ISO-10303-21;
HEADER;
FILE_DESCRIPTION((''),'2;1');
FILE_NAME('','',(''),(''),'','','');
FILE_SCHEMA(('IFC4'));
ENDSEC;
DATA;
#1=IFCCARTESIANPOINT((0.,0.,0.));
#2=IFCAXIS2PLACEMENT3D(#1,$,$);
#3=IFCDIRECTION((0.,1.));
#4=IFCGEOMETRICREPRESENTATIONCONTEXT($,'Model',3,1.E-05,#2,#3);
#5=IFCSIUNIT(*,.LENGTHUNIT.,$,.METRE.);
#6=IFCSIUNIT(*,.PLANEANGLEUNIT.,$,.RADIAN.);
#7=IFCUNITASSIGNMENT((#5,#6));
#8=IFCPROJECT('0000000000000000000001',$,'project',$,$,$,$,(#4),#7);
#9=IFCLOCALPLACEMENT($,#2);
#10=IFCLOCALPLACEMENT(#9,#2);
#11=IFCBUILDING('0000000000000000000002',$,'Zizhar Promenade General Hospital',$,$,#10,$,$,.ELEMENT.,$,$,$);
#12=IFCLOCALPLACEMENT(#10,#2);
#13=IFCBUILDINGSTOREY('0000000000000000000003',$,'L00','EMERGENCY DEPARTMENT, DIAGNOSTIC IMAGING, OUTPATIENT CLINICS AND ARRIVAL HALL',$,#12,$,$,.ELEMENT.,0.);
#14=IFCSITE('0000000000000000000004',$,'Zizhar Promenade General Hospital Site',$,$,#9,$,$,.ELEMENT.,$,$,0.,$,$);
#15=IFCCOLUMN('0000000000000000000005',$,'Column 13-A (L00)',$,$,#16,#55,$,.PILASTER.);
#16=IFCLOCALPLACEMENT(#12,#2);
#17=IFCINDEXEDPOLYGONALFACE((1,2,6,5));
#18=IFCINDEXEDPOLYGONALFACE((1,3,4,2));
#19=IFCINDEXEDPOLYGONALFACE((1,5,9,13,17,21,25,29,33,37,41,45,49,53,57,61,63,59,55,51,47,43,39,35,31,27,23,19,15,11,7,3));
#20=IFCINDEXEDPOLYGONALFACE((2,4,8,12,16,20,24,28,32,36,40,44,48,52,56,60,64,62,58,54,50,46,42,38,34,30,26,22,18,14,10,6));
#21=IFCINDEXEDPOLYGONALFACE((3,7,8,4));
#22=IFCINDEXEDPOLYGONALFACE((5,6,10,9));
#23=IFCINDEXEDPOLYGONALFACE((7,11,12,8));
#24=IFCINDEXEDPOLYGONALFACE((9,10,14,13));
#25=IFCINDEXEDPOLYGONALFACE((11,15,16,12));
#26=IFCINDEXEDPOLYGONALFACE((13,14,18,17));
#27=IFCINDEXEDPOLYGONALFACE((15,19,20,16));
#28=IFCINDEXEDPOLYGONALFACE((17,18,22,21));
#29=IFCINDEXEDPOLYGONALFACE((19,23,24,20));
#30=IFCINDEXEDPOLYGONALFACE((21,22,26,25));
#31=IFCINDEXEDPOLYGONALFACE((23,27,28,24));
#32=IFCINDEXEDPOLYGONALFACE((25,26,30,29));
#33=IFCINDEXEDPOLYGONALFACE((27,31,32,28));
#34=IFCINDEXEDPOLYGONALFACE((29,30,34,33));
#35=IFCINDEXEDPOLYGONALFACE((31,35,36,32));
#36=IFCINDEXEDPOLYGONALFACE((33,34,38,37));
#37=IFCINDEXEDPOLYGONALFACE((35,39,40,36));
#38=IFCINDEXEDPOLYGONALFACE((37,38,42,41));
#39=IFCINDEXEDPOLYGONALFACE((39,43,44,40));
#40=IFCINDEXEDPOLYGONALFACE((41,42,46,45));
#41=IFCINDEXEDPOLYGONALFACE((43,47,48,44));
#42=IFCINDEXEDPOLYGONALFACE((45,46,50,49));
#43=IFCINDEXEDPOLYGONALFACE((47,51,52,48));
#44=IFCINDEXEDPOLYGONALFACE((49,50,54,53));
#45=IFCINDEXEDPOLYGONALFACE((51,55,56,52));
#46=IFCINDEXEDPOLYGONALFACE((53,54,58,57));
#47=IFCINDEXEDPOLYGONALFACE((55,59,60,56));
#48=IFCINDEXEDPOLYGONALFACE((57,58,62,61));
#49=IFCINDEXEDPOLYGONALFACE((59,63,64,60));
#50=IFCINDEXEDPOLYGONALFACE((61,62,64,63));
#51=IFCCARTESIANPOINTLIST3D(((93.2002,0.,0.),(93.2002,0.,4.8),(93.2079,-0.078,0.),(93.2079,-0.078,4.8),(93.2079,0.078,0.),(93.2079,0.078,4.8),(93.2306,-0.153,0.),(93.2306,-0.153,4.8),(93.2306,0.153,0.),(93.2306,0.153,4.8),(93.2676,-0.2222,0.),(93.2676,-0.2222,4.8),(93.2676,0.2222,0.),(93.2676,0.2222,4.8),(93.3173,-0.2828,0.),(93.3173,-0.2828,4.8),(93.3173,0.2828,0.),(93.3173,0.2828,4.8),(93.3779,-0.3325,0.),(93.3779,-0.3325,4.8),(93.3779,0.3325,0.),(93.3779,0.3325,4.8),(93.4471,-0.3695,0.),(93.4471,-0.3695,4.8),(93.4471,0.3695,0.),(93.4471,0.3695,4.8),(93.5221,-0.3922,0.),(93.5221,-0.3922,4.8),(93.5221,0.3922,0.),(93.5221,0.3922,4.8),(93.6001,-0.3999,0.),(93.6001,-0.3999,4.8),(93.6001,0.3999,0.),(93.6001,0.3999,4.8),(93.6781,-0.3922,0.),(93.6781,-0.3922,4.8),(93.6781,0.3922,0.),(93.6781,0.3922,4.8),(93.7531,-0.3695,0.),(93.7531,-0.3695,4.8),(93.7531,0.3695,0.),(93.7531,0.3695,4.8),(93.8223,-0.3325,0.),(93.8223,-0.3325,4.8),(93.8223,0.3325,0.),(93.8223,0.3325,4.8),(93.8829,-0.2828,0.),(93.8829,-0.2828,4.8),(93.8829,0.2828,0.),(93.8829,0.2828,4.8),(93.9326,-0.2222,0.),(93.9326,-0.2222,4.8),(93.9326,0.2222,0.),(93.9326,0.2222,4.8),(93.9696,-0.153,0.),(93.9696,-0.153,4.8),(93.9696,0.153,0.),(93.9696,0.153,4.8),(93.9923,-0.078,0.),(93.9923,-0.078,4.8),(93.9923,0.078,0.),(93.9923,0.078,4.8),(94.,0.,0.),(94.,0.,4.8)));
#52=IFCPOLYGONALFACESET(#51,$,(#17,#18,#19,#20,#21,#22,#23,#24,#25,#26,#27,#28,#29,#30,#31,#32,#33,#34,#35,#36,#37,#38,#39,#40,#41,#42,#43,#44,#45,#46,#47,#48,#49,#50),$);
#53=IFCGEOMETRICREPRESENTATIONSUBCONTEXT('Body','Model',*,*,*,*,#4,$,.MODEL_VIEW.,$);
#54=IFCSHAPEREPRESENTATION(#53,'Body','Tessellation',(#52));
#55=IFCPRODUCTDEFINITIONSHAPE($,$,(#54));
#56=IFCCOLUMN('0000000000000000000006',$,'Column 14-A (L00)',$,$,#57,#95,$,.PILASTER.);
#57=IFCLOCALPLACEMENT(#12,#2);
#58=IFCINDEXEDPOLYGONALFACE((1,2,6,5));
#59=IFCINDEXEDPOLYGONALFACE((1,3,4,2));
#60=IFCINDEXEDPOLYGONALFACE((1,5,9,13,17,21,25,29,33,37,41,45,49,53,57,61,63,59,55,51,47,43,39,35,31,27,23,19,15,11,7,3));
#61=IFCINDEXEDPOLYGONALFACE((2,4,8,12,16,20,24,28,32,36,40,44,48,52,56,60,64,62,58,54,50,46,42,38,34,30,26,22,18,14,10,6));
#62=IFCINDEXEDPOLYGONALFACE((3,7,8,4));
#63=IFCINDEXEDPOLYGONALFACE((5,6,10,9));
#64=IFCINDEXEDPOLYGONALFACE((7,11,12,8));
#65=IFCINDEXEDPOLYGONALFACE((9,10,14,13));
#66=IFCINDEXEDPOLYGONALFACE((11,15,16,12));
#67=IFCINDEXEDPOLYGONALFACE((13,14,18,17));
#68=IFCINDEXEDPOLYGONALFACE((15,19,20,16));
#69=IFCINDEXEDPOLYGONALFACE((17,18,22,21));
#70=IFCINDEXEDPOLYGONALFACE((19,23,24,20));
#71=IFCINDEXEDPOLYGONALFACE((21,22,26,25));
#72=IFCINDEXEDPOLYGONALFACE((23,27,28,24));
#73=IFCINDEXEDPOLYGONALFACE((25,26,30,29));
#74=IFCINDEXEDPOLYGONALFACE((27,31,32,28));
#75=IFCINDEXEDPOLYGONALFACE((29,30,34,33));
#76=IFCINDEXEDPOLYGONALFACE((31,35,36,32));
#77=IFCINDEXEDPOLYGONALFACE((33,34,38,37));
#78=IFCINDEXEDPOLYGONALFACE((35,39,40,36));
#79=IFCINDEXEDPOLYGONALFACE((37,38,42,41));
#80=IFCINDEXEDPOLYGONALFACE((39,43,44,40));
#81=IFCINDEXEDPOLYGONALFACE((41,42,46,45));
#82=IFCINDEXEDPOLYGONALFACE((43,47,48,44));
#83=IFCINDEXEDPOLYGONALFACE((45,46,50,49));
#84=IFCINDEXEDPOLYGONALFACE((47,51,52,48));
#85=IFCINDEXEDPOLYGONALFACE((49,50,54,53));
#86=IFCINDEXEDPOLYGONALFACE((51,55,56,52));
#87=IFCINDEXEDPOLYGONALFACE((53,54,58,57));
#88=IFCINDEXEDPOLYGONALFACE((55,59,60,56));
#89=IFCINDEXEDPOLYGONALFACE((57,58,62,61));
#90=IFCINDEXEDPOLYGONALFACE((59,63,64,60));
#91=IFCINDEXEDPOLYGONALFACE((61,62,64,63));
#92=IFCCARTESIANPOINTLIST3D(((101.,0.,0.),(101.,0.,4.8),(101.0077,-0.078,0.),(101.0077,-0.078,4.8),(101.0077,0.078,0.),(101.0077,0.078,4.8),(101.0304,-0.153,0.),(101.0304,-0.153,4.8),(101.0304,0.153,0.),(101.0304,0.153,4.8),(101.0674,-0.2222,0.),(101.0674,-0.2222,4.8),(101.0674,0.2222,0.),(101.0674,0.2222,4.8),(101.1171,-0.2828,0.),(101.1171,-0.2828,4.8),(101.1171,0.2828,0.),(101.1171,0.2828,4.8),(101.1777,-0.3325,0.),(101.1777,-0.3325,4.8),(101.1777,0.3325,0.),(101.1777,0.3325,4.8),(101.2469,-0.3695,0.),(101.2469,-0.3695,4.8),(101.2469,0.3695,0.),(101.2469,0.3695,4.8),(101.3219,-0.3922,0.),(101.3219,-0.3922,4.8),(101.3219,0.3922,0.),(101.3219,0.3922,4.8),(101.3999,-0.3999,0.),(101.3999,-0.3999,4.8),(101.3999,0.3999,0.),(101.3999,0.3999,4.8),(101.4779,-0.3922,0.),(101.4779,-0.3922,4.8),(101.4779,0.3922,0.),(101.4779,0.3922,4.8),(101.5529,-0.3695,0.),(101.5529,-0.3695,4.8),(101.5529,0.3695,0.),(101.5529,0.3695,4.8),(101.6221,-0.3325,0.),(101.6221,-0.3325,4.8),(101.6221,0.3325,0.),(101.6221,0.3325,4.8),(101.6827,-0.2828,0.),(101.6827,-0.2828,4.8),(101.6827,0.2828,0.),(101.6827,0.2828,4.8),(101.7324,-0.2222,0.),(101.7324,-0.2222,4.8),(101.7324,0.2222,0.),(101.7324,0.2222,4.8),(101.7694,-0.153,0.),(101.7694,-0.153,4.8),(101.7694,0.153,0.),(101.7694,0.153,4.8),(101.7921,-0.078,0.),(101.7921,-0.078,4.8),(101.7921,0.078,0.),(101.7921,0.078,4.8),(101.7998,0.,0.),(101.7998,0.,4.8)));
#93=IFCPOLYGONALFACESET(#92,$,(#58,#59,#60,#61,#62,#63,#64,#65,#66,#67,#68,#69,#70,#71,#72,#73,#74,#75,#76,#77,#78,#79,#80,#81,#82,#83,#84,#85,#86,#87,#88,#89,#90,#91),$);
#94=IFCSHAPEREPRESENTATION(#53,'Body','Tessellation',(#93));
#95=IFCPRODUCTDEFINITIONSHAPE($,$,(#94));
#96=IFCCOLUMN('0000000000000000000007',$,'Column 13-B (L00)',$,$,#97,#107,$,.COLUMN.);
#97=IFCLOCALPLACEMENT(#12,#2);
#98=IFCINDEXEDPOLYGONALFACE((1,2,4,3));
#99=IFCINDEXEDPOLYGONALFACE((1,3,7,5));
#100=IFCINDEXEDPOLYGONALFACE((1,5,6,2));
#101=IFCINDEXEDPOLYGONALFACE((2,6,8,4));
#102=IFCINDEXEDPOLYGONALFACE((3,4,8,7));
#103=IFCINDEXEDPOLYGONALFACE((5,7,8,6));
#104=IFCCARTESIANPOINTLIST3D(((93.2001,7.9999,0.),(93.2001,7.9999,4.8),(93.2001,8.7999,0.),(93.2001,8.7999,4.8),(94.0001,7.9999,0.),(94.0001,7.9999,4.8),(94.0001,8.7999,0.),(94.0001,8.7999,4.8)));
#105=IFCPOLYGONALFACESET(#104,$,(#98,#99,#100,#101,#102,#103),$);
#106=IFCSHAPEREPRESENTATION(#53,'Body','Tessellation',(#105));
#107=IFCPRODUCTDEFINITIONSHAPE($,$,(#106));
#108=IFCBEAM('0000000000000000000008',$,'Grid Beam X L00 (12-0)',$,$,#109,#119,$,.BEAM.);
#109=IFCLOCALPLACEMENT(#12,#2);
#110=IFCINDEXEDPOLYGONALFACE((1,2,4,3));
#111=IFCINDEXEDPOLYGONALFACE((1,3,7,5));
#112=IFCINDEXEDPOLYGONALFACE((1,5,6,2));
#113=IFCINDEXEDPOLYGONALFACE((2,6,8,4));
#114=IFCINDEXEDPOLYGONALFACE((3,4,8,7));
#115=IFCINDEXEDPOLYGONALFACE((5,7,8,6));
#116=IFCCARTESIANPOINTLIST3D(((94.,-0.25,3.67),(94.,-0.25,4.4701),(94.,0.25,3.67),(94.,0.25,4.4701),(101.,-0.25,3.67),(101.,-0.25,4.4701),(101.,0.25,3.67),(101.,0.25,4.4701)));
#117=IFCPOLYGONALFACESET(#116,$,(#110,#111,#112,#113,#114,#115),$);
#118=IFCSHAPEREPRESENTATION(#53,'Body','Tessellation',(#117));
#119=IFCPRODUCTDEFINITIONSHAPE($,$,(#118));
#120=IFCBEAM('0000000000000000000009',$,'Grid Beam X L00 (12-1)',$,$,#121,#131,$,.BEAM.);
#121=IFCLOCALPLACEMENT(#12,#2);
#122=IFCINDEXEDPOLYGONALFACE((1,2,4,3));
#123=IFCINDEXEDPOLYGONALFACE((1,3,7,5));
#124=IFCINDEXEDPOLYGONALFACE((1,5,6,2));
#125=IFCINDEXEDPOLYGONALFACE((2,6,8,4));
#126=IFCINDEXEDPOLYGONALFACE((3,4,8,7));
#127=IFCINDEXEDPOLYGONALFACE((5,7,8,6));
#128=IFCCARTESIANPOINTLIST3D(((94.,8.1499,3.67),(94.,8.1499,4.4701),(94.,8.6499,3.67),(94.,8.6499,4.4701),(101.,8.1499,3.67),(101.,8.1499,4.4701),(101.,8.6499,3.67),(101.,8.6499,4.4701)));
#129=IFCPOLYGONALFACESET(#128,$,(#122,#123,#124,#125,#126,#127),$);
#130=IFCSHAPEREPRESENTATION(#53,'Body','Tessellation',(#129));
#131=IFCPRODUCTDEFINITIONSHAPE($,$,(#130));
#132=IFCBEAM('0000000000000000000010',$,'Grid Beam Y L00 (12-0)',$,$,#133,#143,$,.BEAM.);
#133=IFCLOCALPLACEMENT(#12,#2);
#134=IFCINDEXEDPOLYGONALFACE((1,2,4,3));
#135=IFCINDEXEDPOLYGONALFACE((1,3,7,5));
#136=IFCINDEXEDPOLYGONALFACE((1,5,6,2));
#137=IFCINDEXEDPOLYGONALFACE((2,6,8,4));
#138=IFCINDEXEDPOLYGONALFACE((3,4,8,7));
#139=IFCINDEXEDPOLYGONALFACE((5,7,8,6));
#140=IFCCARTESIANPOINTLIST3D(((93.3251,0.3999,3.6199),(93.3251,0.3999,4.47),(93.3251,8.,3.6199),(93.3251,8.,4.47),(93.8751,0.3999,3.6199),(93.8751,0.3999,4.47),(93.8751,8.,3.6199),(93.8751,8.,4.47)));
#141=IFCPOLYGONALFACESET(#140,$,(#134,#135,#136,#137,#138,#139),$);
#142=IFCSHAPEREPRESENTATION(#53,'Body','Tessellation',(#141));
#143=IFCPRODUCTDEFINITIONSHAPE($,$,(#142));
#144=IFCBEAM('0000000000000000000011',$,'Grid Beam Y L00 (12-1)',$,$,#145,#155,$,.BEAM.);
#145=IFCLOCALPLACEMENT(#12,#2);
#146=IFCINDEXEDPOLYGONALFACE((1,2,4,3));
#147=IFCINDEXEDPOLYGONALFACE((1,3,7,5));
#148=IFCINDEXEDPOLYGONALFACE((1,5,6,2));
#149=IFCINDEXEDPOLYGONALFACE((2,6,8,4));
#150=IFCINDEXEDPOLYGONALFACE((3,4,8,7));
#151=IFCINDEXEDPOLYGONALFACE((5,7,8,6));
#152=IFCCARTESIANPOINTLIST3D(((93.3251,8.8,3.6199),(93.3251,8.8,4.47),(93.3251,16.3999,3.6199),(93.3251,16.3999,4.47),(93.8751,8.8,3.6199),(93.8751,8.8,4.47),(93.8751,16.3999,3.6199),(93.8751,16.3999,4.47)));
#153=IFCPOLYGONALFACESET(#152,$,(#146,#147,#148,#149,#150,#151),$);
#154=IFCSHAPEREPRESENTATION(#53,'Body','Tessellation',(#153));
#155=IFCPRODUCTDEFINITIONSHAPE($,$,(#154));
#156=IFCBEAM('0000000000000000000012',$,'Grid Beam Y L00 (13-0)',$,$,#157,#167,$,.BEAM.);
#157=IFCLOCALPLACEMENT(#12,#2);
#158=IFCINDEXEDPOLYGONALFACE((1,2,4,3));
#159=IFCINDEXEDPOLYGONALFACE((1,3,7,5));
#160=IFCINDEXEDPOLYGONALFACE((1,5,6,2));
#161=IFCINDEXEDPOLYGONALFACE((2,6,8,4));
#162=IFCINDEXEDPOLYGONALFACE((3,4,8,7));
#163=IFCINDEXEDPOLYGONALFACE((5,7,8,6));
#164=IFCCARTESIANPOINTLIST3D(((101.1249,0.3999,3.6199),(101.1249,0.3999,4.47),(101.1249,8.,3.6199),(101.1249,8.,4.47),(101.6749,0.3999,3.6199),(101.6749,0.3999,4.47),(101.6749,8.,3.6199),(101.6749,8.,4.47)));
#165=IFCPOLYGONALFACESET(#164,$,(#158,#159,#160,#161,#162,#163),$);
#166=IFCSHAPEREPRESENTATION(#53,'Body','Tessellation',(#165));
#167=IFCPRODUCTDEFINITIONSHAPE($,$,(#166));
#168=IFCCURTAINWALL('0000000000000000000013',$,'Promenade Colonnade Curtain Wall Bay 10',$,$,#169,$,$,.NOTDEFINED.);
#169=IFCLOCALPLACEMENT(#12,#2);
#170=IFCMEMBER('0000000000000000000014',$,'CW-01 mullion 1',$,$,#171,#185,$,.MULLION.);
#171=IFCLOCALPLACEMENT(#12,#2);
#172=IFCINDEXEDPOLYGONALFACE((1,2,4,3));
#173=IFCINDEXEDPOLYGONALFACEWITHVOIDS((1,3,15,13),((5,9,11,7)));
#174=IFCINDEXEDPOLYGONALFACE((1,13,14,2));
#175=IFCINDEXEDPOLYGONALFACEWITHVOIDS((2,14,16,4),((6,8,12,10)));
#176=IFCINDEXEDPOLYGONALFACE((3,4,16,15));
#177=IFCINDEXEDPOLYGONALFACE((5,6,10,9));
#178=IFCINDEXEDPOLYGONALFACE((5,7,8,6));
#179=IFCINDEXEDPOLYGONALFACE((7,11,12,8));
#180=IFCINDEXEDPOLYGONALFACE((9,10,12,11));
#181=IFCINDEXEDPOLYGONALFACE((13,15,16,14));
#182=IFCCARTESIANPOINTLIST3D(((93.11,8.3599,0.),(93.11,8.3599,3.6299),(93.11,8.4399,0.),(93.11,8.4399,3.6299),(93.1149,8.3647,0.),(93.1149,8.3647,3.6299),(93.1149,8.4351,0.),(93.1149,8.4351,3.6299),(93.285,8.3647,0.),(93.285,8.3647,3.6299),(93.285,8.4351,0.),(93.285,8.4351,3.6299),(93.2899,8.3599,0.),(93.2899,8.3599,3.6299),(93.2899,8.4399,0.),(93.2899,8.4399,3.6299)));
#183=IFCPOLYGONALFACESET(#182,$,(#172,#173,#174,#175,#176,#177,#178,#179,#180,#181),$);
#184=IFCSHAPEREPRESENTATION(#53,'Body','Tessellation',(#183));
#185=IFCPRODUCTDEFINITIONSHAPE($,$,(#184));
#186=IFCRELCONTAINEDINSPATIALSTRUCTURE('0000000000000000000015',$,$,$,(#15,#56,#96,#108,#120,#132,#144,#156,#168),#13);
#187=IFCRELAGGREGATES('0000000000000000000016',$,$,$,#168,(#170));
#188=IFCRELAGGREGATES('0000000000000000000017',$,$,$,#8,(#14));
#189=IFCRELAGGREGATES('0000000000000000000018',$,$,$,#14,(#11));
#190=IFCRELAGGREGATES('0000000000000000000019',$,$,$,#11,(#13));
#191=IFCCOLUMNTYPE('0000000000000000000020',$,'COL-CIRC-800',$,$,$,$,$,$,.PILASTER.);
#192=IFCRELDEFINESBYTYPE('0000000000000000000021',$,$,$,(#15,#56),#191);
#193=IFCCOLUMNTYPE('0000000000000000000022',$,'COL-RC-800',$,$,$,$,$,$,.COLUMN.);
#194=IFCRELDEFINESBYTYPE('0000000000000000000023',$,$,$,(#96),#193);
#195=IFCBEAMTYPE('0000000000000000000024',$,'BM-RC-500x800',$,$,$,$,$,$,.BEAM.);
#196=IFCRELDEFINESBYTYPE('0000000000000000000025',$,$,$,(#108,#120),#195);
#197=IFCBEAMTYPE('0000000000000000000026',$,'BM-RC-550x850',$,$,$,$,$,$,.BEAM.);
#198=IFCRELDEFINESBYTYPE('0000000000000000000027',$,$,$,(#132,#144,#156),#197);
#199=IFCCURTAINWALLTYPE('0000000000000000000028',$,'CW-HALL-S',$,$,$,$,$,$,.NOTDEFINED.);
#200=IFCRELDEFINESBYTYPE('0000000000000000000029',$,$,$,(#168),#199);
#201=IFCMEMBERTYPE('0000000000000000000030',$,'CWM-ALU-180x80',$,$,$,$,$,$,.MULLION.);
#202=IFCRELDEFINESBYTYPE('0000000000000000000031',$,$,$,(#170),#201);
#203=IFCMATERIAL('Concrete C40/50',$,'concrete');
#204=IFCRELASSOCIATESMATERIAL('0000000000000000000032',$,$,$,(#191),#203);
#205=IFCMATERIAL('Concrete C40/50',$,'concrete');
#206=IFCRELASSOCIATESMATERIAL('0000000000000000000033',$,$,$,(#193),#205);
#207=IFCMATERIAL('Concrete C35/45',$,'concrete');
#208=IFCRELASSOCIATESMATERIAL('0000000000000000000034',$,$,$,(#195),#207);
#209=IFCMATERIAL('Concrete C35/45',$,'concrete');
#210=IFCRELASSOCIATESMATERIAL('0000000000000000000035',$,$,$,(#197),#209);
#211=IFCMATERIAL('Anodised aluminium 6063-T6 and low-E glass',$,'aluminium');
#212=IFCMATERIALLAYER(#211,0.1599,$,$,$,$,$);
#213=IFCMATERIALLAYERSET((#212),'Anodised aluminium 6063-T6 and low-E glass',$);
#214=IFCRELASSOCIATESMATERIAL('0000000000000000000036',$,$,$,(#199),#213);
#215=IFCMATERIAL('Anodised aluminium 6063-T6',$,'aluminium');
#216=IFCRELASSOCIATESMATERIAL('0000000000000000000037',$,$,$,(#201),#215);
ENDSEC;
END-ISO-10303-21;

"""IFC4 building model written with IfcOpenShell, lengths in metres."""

from ifc_helpers import new_model, si_unit, direction, frame, origin, origin_2d, place, context, subcontext, project, spatial, rectangle, hollow_rectangle, circle, extrude, material, layer, layer_set, material_profile, profile_set, type_object, element, aggregate, save


model = new_model("IFC4")

# Units and contexts
model_context = context("Model", 3, precision=1e-05, world=origin(), true_north=direction((0.0, 1.0)))
body_context = subcontext(model_context, "Body", "Model", "MODEL_VIEW")
ifc_project = project(units=[si_unit("LENGTHUNIT", "METRE"), si_unit("PLANEANGLEUNIT", "RADIAN")], contexts=[model_context])

# Site, building, storey
site_placement = place(None, origin())
site = spatial("IfcSite", under=ifc_project, at=site_placement, Name="Zizhar Promenade General Hospital Site", CompositionType="ELEMENT", RefElevation=0.0)
building_placement = place(site_placement, origin())
building = spatial("IfcBuilding", under=site, at=building_placement, Name="Zizhar Promenade General Hospital", CompositionType="ELEMENT")
storey_placement = place(building_placement, origin())
storey = spatial("IfcBuildingStorey", under=building, at=storey_placement, Name="L00", Description="EMERGENCY DEPARTMENT, DIAGNOSTIC IMAGING, OUTPATIENT CLINICS AND ARRIVAL HALL", CompositionType="ELEMENT", Elevation=0.0)

# Columns
ifc_material_1 = material(Name="Concrete C40/50", Category="concrete")
ifc_material_profile_1 = material_profile(ifc_material_1, circle(Radius=0.3999, at=origin_2d()))
ifc_profile_set_1 = profile_set([ifc_material_profile_1], Name="Concrete C40/50")
column_type_1 = type_object("IfcColumnType", Name="COL-CIRC-800", PredefinedType="PILASTER", material=ifc_profile_set_1)
for number, where, z_axis, x_axis, name in (
    (1, (93.6001, 0.0, 0.0), (0.0, 0.0, 1.0), (1.0, 0.0, 0.0), "Column 13-A (L00)"),
    (2, (101.3999, 0.0, 0.0), (0.0, 0.0, 1.0), (1.0, 0.0, 0.0), "Column 14-A (L00)"),
):
    element("IfcColumn", number, at=place(storey_placement, frame(where, z_axis=z_axis, x_axis=x_axis)), inside=storey, type_object=column_type_1, Name=name, PredefinedType="PILASTER", context=body_context, shape_type="SweptSolid", body=[
        extrude(circle(Radius=0.3999, at=origin_2d()), origin(), (0.0, 0.0, 1.0), 4.8),
    ])
ifc_material_2 = material(Name="Concrete C40/50", Category="concrete")
ifc_material_profile_2 = material_profile(ifc_material_2, rectangle(XDim=0.8, YDim=0.8, at=origin_2d()))
ifc_profile_set_2 = profile_set([ifc_material_profile_2], Name="Concrete C40/50")
column_type_2 = type_object("IfcColumnType", Name="COL-RC-800", PredefinedType="COLUMN", material=ifc_profile_set_2)
column_placement = place(storey_placement, frame((93.6001, 8.3999, 0.0), z_axis=(0.0, 0.0, 1.0), x_axis=(1.0, 0.0, 0.0)))
element("IfcColumn", 3, at=column_placement, inside=storey, type_object=column_type_2, Name="Column 13-B (L00)", PredefinedType="COLUMN", context=body_context, shape_type="SweptSolid", body=[
    extrude(rectangle(XDim=0.8, YDim=0.8, at=origin_2d()), origin(), (0.0, 0.0, 1.0), 4.8),
])

# Beams
ifc_material_3 = material(Name="Concrete C35/45", Category="concrete")
ifc_material_profile_3 = material_profile(ifc_material_3, rectangle(XDim=0.5, YDim=0.8, at=origin_2d()))
ifc_profile_set_3 = profile_set([ifc_material_profile_3], Name="Concrete C35/45")
beam_type_1 = type_object("IfcBeamType", Name="BM-RC-500x800", PredefinedType="BEAM", material=ifc_profile_set_3)
for number, where, z_axis, x_axis, name in (
    (4, (94.0, 0.0, 4.0701), (1.0, 0.0, 0.0), (0.0, 1.0, 0.0), "Grid Beam X L00 (12-0)"),
    (5, (94.0, 8.3999, 4.0701), (1.0, 0.0, 0.0), (0.0, 1.0, 0.0), "Grid Beam X L00 (12-1)"),
):
    element("IfcBeam", number, at=place(storey_placement, frame(where, z_axis=z_axis, x_axis=x_axis)), inside=storey, type_object=beam_type_1, Name=name, PredefinedType="BEAM", context=body_context, shape_type="SweptSolid", body=[
        extrude(rectangle(XDim=0.5, YDim=0.8, at=origin_2d()), origin(), (0.0, 0.0, 1.0), 7.0),
    ])
ifc_material_4 = material(Name="Concrete C35/45", Category="concrete")
ifc_material_profile_4 = material_profile(ifc_material_4, rectangle(XDim=0.55, YDim=0.8501, at=origin_2d()))
ifc_profile_set_4 = profile_set([ifc_material_profile_4], Name="Concrete C35/45")
beam_type_2 = type_object("IfcBeamType", Name="BM-RC-550x850", PredefinedType="BEAM", material=ifc_profile_set_4)
beam_1_placement = place(storey_placement, frame((93.6001, 0.3999, 4.0449), z_axis=(0.0, 1.0, 0.0), x_axis=(-1.0, 0.0, 0.0)))
element("IfcBeam", 6, at=beam_1_placement, inside=storey, type_object=beam_type_2, Name="Grid Beam Y L00 (12-0)", PredefinedType="BEAM", context=body_context, shape_type="SweptSolid", body=[
    extrude(rectangle(XDim=0.55, YDim=0.8501, at=origin_2d()), origin(), (0.0, 0.0, 1.0), 7.6001),
])
beam_2_placement = place(storey_placement, frame((93.6001, 8.8, 4.0449), z_axis=(0.0, 1.0, 0.0), x_axis=(-1.0, 0.0, 0.0)))
element("IfcBeam", 7, at=beam_2_placement, inside=storey, type_object=beam_type_2, Name="Grid Beam Y L00 (12-1)", PredefinedType="BEAM", context=body_context, shape_type="SweptSolid", body=[
    extrude(rectangle(XDim=0.55, YDim=0.8501, at=origin_2d()), origin(), (0.0, 0.0, 1.0), 7.5999),
])
beam_3_placement = place(storey_placement, frame((101.3999, 0.3999, 4.0449), z_axis=(0.0, 1.0, 0.0), x_axis=(-1.0, 0.0, 0.0)))
element("IfcBeam", 8, at=beam_3_placement, inside=storey, type_object=beam_type_2, Name="Grid Beam Y L00 (13-0)", PredefinedType="BEAM", context=body_context, shape_type="SweptSolid", body=[
    extrude(rectangle(XDim=0.55, YDim=0.8501, at=origin_2d()), origin(), (0.0, 0.0, 1.0), 7.6001),
])

# Curtain wall, member
ifc_material_5 = material(Name="Anodised aluminium 6063-T6 and low-E glass", Category="aluminium")
ifc_layer_1 = layer(ifc_material_5, 0.1599)
ifc_layer_set_1 = layer_set([ifc_layer_1], Name="Anodised aluminium 6063-T6 and low-E glass")
curtain_wall_type = type_object("IfcCurtainWallType", Name="CW-HALL-S", PredefinedType="NOTDEFINED", material=ifc_layer_set_1)
curtain_wall_placement = place(storey_placement, origin())
curtain_wall = element("IfcCurtainWall", 9, at=curtain_wall_placement, inside=storey, type_object=curtain_wall_type, Name="Promenade Colonnade Curtain Wall Bay 10", PredefinedType="NOTDEFINED")
ifc_material_6 = material(Name="Anodised aluminium 6063-T6", Category="aluminium")
ifc_material_profile_5 = material_profile(ifc_material_6, hollow_rectangle(XDim=0.0801, YDim=0.1799, WallThickness=0.0049, at=origin_2d()))
ifc_profile_set_5 = profile_set([ifc_material_profile_5], Name="Anodised aluminium 6063-T6")
member_type_1 = type_object("IfcMemberType", Name="CWM-ALU-180x80", PredefinedType="MULLION", material=ifc_profile_set_5)
member_1_placement = place(storey_placement, frame((93.2, 8.3999, 0.0), z_axis=(0.0, 0.0, 1.0), x_axis=(0.0, -1.0, 0.0)))
member_1 = element("IfcMember", 10, at=member_1_placement, type_object=member_type_1, Name="CW-01 mullion 1", PredefinedType="MULLION", context=body_context, shape_type="SweptSolid", body=[
    extrude(hollow_rectangle(XDim=0.0801, YDim=0.1799, WallThickness=0.0049, at=origin_2d()), origin(), (0.0, 0.0, 1.0), 3.6299),
])
aggregate(curtain_wall, [member_1])

save(model, "model.ifc")
